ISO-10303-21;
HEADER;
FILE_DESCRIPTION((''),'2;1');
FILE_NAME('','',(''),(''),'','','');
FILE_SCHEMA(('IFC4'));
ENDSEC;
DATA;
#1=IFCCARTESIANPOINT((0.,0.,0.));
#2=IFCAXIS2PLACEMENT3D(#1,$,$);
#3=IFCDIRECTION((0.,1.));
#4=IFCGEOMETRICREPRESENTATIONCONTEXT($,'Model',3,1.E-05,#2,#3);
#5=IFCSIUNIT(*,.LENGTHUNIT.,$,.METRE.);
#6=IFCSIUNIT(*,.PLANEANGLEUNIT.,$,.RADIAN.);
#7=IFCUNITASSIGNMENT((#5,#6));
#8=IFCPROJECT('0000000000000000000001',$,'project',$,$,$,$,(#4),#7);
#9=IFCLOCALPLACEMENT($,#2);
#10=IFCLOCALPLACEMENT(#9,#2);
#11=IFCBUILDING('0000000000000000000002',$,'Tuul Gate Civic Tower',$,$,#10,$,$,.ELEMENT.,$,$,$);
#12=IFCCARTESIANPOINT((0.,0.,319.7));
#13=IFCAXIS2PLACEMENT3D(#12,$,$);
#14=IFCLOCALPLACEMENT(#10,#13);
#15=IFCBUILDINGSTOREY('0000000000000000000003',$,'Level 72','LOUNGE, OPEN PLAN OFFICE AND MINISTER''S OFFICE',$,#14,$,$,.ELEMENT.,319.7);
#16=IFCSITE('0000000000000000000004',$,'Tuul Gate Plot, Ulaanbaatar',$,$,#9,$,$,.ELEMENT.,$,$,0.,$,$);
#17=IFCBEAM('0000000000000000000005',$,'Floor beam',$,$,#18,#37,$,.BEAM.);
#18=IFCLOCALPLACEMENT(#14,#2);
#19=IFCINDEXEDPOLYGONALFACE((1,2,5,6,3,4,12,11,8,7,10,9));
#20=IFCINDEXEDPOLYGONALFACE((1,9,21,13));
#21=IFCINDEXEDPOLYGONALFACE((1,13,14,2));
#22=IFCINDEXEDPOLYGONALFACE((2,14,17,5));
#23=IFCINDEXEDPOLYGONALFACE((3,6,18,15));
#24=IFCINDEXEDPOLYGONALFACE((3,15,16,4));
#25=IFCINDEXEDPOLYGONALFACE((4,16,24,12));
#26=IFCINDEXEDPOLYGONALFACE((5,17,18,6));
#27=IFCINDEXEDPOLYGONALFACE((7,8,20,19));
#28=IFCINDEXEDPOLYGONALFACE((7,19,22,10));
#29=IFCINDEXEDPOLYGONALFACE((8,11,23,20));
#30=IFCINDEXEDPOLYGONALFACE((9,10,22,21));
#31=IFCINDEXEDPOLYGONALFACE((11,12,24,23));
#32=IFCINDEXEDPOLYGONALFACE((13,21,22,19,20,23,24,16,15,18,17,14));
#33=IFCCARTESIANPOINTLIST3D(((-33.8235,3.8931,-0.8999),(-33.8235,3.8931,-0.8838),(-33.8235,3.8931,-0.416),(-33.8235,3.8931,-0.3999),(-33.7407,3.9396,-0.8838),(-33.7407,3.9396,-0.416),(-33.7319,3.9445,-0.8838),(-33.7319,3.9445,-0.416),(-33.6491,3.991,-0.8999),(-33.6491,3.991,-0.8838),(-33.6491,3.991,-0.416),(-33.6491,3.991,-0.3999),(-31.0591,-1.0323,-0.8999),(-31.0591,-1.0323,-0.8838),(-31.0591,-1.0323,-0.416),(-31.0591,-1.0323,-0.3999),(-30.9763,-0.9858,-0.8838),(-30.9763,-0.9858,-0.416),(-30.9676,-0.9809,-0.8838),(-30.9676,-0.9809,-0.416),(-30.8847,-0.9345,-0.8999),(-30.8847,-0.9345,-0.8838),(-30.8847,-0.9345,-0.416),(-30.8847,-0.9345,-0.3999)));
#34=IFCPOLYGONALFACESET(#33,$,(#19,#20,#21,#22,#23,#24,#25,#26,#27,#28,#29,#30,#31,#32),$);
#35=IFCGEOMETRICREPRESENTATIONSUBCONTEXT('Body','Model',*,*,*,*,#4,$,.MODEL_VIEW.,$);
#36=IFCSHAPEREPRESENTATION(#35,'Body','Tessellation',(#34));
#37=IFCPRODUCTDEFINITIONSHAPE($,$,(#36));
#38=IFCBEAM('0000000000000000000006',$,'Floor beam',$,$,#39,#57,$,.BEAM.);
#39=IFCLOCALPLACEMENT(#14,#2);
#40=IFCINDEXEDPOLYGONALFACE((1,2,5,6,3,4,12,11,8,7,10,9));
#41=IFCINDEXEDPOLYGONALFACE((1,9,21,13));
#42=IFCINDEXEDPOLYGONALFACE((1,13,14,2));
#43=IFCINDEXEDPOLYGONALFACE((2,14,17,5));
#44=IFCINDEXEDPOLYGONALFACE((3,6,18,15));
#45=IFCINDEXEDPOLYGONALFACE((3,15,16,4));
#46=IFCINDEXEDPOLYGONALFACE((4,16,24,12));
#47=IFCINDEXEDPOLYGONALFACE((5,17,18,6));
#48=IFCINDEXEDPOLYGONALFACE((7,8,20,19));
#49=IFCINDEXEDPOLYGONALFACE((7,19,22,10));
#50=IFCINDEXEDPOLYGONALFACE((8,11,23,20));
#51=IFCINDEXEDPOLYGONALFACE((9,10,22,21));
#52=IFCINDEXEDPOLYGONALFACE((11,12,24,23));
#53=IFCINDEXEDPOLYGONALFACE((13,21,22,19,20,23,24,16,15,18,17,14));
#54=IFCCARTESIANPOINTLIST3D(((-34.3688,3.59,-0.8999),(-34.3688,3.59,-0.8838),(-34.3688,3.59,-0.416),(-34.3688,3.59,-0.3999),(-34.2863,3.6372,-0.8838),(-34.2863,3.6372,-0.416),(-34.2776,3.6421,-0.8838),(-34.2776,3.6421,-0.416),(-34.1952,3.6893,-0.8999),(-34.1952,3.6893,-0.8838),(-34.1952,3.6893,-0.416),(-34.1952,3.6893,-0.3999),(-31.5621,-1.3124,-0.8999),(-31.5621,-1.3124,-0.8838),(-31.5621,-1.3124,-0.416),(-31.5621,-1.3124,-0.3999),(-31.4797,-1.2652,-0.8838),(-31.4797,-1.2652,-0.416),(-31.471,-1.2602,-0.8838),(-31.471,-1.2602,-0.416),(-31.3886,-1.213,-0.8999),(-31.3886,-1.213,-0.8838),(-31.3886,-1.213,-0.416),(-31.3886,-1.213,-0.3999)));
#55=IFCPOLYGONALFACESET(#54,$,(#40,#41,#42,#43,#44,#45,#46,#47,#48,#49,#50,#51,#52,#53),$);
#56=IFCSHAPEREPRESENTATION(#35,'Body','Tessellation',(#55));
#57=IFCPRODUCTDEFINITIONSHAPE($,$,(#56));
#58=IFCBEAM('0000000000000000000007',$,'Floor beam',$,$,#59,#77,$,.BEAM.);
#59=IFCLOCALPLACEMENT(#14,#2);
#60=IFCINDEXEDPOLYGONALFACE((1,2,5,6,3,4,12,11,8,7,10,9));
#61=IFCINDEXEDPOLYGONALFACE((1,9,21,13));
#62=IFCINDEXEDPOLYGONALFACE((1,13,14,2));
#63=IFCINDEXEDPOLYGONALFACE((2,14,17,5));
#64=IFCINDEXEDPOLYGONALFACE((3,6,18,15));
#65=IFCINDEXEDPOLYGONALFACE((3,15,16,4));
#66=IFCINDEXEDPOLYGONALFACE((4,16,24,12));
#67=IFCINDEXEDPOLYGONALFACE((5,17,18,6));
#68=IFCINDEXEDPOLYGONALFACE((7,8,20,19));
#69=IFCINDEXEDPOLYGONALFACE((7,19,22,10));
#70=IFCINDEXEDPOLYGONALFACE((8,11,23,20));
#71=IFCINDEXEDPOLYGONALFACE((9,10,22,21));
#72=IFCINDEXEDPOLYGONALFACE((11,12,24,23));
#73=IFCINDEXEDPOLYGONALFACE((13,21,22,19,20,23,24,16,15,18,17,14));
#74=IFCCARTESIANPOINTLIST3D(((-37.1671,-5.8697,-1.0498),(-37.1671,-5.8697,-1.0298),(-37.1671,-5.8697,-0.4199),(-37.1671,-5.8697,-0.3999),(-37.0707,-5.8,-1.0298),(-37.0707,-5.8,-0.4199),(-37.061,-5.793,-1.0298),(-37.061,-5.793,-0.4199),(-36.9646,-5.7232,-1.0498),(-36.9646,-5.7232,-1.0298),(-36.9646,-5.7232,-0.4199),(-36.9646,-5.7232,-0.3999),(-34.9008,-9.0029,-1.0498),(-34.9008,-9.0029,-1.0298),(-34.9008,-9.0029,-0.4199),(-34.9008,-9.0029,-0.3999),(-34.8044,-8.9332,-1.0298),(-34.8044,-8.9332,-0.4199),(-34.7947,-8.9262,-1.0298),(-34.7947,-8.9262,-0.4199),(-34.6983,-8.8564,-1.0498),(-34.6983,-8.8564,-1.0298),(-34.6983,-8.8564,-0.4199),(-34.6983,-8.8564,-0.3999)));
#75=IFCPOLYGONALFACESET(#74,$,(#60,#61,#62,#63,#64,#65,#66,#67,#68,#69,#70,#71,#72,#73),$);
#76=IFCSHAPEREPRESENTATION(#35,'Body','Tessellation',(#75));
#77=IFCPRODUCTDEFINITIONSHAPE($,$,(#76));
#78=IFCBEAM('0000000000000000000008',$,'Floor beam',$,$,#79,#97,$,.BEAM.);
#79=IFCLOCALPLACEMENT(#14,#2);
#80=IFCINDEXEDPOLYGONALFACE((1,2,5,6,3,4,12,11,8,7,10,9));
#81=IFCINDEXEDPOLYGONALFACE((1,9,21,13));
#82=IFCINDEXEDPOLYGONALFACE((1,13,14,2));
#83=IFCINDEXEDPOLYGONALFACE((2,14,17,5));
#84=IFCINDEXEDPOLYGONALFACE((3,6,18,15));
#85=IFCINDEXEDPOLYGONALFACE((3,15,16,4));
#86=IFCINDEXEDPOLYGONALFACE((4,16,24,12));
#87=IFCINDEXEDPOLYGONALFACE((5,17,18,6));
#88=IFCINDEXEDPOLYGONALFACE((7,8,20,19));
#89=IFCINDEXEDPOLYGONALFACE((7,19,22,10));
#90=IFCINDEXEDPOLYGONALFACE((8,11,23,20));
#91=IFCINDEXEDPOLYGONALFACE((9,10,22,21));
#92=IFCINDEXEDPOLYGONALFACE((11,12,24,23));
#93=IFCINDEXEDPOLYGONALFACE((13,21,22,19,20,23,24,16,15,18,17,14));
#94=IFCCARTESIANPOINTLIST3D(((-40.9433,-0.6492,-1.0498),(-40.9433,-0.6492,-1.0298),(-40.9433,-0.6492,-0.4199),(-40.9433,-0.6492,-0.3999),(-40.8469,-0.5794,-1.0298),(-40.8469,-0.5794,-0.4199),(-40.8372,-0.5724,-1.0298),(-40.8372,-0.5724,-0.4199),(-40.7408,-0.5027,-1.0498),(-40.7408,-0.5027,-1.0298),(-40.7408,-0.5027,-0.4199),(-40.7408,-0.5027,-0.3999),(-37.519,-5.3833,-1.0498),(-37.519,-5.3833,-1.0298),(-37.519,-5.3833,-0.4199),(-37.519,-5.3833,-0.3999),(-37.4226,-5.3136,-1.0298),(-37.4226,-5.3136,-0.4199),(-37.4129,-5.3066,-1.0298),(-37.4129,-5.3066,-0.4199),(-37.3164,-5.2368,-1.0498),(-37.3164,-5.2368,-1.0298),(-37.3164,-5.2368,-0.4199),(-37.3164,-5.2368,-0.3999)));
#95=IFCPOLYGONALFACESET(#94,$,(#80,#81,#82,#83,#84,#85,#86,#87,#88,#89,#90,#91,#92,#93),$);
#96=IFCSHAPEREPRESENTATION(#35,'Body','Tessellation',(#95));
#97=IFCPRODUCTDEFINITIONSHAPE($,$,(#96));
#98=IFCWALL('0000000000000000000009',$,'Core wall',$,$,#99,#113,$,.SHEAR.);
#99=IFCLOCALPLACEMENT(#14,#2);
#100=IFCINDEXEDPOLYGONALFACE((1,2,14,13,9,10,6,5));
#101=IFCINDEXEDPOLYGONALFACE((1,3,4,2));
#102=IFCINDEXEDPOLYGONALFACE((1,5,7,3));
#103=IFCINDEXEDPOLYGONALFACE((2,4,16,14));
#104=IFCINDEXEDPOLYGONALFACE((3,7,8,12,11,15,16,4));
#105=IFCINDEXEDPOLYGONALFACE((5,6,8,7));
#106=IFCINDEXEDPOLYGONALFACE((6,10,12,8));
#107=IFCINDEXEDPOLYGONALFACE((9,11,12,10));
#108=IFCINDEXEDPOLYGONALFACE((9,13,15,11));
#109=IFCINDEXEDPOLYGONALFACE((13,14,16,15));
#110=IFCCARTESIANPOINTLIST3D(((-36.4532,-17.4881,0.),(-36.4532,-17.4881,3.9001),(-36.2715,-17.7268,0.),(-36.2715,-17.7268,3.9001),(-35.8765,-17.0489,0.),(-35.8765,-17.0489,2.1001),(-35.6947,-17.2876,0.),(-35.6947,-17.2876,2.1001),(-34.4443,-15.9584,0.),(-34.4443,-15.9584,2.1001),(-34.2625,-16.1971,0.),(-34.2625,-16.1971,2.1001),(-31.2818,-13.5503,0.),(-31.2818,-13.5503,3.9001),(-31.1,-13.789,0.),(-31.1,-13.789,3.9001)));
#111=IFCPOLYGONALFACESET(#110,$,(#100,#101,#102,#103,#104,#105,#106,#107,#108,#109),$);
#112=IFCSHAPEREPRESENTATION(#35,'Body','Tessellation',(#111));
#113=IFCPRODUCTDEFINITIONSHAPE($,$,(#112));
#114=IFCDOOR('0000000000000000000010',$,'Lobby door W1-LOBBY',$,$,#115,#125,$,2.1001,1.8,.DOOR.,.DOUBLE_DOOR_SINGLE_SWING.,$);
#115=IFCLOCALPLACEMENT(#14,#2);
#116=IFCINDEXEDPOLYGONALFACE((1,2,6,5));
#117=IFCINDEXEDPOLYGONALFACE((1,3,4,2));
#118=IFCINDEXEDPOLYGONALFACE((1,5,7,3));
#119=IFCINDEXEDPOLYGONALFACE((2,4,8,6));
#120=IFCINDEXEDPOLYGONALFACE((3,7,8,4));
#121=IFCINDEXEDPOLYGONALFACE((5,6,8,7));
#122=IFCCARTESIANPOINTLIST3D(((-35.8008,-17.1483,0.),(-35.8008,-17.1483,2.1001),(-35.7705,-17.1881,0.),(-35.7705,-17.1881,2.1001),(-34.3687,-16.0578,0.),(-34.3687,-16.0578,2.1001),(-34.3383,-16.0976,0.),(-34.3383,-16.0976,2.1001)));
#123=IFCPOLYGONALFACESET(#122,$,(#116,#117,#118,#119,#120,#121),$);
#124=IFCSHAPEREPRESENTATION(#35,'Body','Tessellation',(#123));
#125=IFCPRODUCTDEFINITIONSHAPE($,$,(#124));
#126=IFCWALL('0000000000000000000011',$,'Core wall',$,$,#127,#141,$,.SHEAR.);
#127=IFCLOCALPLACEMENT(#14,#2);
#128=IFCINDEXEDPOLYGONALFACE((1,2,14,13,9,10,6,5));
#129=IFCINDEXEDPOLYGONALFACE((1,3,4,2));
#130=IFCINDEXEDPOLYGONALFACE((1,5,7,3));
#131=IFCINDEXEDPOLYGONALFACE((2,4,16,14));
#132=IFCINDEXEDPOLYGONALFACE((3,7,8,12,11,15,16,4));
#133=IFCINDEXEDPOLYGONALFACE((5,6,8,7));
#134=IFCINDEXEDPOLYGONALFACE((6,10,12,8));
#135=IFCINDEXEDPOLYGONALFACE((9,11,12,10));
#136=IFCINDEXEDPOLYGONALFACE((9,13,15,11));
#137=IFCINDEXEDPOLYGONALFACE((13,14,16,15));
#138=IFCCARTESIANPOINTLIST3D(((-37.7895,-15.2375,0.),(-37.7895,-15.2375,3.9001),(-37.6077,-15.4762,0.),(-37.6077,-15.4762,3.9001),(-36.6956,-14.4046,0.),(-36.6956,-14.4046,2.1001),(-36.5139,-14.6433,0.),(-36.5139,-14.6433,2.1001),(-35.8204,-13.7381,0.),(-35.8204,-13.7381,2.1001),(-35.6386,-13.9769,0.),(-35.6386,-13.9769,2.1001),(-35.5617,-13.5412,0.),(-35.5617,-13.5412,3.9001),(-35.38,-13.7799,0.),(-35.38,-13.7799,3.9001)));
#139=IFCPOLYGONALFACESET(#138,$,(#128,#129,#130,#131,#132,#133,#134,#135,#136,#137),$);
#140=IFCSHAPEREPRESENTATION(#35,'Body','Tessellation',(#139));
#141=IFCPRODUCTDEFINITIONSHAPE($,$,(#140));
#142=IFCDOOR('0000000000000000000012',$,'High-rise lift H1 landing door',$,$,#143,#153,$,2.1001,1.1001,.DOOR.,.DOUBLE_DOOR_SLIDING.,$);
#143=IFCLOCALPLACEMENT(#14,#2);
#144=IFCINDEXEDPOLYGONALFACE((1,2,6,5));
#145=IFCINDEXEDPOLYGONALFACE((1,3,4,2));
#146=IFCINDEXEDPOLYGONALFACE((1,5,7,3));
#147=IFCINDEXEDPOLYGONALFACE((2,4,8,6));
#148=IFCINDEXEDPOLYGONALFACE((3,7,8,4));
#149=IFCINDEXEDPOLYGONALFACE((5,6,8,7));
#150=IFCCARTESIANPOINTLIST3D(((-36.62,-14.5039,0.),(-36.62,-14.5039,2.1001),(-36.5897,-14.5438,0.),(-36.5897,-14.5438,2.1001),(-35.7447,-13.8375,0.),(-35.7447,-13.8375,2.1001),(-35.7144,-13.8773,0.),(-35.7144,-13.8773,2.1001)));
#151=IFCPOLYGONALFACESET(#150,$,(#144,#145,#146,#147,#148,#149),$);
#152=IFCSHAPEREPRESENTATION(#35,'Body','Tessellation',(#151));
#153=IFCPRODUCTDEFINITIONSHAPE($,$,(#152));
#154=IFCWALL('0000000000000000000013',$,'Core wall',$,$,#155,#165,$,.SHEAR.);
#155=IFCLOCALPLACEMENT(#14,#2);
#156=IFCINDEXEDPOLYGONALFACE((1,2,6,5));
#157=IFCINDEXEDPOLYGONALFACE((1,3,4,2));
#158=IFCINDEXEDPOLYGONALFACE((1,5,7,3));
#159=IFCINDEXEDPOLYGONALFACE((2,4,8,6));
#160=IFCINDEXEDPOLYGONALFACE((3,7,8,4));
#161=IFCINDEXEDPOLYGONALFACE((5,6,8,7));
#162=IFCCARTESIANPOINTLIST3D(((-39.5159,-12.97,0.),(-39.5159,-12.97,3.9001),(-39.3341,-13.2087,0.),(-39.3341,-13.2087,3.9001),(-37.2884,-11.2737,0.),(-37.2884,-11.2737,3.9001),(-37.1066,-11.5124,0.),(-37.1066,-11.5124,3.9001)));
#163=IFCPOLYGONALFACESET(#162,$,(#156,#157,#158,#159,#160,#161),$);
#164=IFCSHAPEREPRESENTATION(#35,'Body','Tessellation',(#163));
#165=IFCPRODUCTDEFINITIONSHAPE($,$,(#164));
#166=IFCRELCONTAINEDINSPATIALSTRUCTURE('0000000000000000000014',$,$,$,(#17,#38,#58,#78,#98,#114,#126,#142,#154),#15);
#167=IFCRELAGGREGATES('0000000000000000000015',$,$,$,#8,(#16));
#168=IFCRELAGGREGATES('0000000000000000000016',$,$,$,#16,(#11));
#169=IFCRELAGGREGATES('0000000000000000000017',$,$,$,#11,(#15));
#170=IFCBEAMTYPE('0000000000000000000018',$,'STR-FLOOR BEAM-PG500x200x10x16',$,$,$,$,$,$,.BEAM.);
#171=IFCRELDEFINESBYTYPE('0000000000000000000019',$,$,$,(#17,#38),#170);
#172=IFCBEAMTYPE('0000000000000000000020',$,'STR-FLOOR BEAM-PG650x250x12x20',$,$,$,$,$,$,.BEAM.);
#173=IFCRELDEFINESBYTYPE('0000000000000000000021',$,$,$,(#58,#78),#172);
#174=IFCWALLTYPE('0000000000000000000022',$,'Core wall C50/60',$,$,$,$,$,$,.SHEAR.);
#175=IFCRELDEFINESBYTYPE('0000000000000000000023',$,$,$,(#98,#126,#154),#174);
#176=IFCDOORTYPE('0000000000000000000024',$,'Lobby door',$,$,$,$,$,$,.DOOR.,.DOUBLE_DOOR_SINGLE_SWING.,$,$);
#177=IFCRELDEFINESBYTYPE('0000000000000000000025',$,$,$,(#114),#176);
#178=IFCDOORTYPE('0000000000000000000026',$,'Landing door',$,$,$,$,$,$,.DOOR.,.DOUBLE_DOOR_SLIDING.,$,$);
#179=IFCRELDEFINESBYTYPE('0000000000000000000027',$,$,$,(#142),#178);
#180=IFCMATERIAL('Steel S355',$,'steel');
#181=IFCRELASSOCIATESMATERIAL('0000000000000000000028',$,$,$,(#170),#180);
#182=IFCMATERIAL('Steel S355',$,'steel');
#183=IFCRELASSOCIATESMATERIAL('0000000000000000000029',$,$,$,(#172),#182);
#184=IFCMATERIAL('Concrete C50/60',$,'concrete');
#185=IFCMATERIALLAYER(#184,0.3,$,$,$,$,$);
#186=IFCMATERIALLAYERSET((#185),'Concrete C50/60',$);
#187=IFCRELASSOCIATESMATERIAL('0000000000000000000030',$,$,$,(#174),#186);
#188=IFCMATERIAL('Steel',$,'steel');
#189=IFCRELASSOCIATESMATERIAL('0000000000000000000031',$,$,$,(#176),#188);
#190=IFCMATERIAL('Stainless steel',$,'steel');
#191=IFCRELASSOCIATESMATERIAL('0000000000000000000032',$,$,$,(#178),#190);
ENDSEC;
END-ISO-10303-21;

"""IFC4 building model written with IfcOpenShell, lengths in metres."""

from ifc_helpers import new_model, si_unit, direction, frame, frame_2d, origin, origin_2d, place, context, subcontext, project, spatial, rectangle, i_section, extrude, material, layer, layer_set, material_profile, profile_set, type_object, element, fill, save


model = new_model("IFC4")

# Units and contexts
model_context = context("Model", 3, precision=1e-05, world=origin(), true_north=direction((0.0, 1.0)))
body_context = subcontext(model_context, "Body", "Model", "MODEL_VIEW")
ifc_project = project(units=[si_unit("LENGTHUNIT", "METRE"), si_unit("PLANEANGLEUNIT", "RADIAN")], contexts=[model_context])

# Site, building, storey
site_placement = place(None, origin())
site = spatial("IfcSite", under=ifc_project, at=site_placement, Name="Tuul Gate Plot, Ulaanbaatar", CompositionType="ELEMENT", RefElevation=0.0)
building_placement = place(site_placement, origin())
building = spatial("IfcBuilding", under=site, at=building_placement, Name="Tuul Gate Civic Tower", CompositionType="ELEMENT")
storey_placement = place(building_placement, frame((0.0, 0.0, 319.7)))
storey = spatial("IfcBuildingStorey", under=building, at=storey_placement, Name="Level 72", Description="LOUNGE, OPEN PLAN OFFICE AND MINISTER'S OFFICE", CompositionType="ELEMENT", Elevation=319.7)

# Beams
ifc_material_1 = material(Name="Steel S355", Category="steel")
ifc_material_profile_1 = material_profile(ifc_material_1, i_section(OverallWidth=0.2, OverallDepth=0.5, WebThickness=0.01, FlangeThickness=0.0161, at=origin_2d()), Name="PG500x200x10x16")
ifc_profile_set_1 = profile_set([ifc_material_profile_1], Name="Steel S355")
beam_type_1 = type_object("IfcBeamType", Name="STR-FLOOR BEAM-PG500x200x10x16", PredefinedType="BEAM", material=ifc_profile_set_1)
beam_1_placement = place(storey_placement, frame((-30.9719, -0.9834, -0.6499), z_axis=(-0.489426, 0.872045, 0.0), x_axis=(-0.872045, -0.489426, 0.0)))
element("IfcBeam", 1, at=beam_1_placement, inside=storey, type_object=beam_type_1, Name="Floor beam", PredefinedType="BEAM", context=body_context, shape_type="SweptSolid", body=[
    extrude(i_section(OverallWidth=0.2, OverallDepth=0.5, WebThickness=0.01, FlangeThickness=0.0161, at=origin_2d()), origin(), (0.0, 0.0, 1.0), 5.6482),
])
beam_2_placement = place(storey_placement, frame((-31.4753, -1.2627, -0.6499), z_axis=(-0.496846, 0.867839, 0.0), x_axis=(-0.867839, -0.496846, 0.0)))
element("IfcBeam", 2, at=beam_2_placement, inside=storey, type_object=beam_type_1, Name="Floor beam", PredefinedType="BEAM", context=body_context, shape_type="SweptSolid", body=[
    extrude(i_section(OverallWidth=0.2, OverallDepth=0.5, WebThickness=0.01, FlangeThickness=0.0161, at=origin_2d()), origin(), (0.0, 0.0, 1.0), 5.6489),
])
ifc_material_2 = material(Name="Steel S355", Category="steel")
ifc_material_profile_2 = material_profile(ifc_material_2, i_section(OverallWidth=0.25, OverallDepth=0.6499, WebThickness=0.012, FlangeThickness=0.02, at=origin_2d()), Name="PG650x250x12x20")
ifc_profile_set_2 = profile_set([ifc_material_profile_2], Name="Steel S355")
beam_type_2 = type_object("IfcBeamType", Name="STR-FLOOR BEAM-PG650x250x12x20", PredefinedType="BEAM", material=ifc_profile_set_2)
beam_3_placement = place(storey_placement, frame((-34.7996, -8.9297, -0.7249), z_axis=(-0.586071, 0.810259, 0.0), x_axis=(-0.810259, -0.586071, 0.0)))
element("IfcBeam", 3, at=beam_3_placement, inside=storey, type_object=beam_type_2, Name="Floor beam", PredefinedType="BEAM", context=body_context, shape_type="SweptSolid", body=[
    extrude(i_section(OverallWidth=0.25, OverallDepth=0.6499, WebThickness=0.012, FlangeThickness=0.02, at=origin_2d()), origin(), (0.0, 0.0, 1.0), 3.8669),
])
beam_4_placement = place(storey_placement, frame((-37.4177, -5.3101, -0.7249), z_axis=(-0.586078, 0.810255, 0.0), x_axis=(-0.810255, -0.586078, 0.0)))
element("IfcBeam", 4, at=beam_4_placement, inside=storey, type_object=beam_type_2, Name="Floor beam", PredefinedType="BEAM", context=body_context, shape_type="SweptSolid", body=[
    extrude(i_section(OverallWidth=0.25, OverallDepth=0.6499, WebThickness=0.012, FlangeThickness=0.02, at=origin_2d()), origin(), (0.0, 0.0, 1.0), 5.8428),
])

# Walls, openings, doors
ifc_material_3 = material(Name="Concrete C50/60", Category="concrete")
ifc_layer_1 = layer(ifc_material_3, 0.3)
ifc_layer_set_1 = layer_set([ifc_layer_1], Name="Concrete C50/60")
wall_type_1 = type_object("IfcWallType", Name="Core wall C50/60", PredefinedType="SHEAR", material=ifc_layer_set_1)
wall_1_placement = place(storey_placement, frame((-31.1909, -13.6697, 0.0), z_axis=(0.0, 0.0, 1.0), x_axis=(-0.795607, -0.605813, 0.0)))
wall_1 = element("IfcWall", 5, at=wall_1_placement, inside=storey, type_object=wall_type_1, Name="Core wall", PredefinedType="SHEAR", context=body_context, shape_type="SweptSolid", body=[
    extrude(rectangle(XDim=6.5, YDim=0.3, at=frame_2d((3.25, 0.0))), origin(), (0.0, 0.0, 1.0), 3.9001),
])
opening_1_placement = place(wall_1_placement, frame((3.9751, 0.0, 0.0)))
opening_1 = element("IfcOpeningElement", 6, at=opening_1_placement, cuts=wall_1, PredefinedType="OPENING", context=body_context, shape_type="SweptSolid", body=[
    extrude(rectangle(XDim=1.8, YDim=2.1001, at=frame_2d((0.8999, 1.05))), frame((0.0, 0.1602, 0.0), z_axis=(0.0, -1.0, 0.0), x_axis=(1.0, 0.0, 0.0)), (0.0, 0.0, 1.0), 0.3201),
])
ifc_material_4 = material(Name="Steel", Category="steel")
door_type_1 = type_object("IfcDoorType", Name="Lobby door", OperationType="DOUBLE_DOOR_SINGLE_SWING", PredefinedType="DOOR", material=ifc_material_4)
door_1_placement = place(opening_1_placement, origin())
door_1 = element("IfcDoor", 7, at=door_1_placement, inside=storey, type_object=door_type_1, Name="Lobby door W1-LOBBY", OperationType="DOUBLE_DOOR_SINGLE_SWING", OverallHeight=2.1001, OverallWidth=1.8, PredefinedType="DOOR", context=body_context, shape_type="SweptSolid", body=[
    extrude(rectangle(XDim=1.8, YDim=2.1001, at=frame_2d((0.8999, 1.05))), frame((0.0, 0.0249, 0.0), z_axis=(0.0, -1.0, 0.0), x_axis=(1.0, 0.0, 0.0)), (0.0, 0.0, 1.0), 0.05),
])
fill(opening_1, door_1)
wall_2_placement = place(storey_placement, frame((-35.4709, -13.6606, 0.0), z_axis=(0.0, 0.0, 1.0), x_axis=(-0.795616, -0.605802, 0.0)))
wall_2 = element("IfcWall", 8, at=wall_2_placement, inside=storey, type_object=wall_type_1, Name="Core wall", PredefinedType="SHEAR", context=body_context, shape_type="SweptSolid", body=[
    extrude(rectangle(XDim=2.8, YDim=0.3, at=frame_2d((1.3999, 0.0))), origin(), (0.0, 0.0, 1.0), 3.9001),
])
opening_2_placement = place(wall_2_placement, frame((0.325, 0.0, 0.0)))
opening_2 = element("IfcOpeningElement", 9, at=opening_2_placement, cuts=wall_2, PredefinedType="OPENING", context=body_context, shape_type="SweptSolid", body=[
    extrude(rectangle(XDim=1.1001, YDim=2.1001, at=frame_2d((0.55, 1.05))), frame((0.0, 0.1602, 0.0), z_axis=(0.0, -1.0, 0.0), x_axis=(1.0, 0.0, 0.0)), (0.0, 0.0, 1.0), 0.3201),
])
ifc_material_5 = material(Name="Stainless steel", Category="steel")
door_type_2 = type_object("IfcDoorType", Name="Landing door", OperationType="DOUBLE_DOOR_SLIDING", PredefinedType="DOOR", material=ifc_material_5)
door_2_placement = place(opening_2_placement, origin())
door_2 = element("IfcDoor", 10, at=door_2_placement, inside=storey, type_object=door_type_2, Name="High-rise lift H1 landing door", OperationType="DOUBLE_DOOR_SLIDING", OverallHeight=2.1001, OverallWidth=1.1001, PredefinedType="DOOR", context=body_context, shape_type="SweptSolid", body=[
    extrude(rectangle(XDim=1.1001, YDim=2.1001, at=frame_2d((0.55, 1.05))), frame((0.0, 0.0249, 0.0), z_axis=(0.0, -1.0, 0.0), x_axis=(1.0, 0.0, 0.0)), (0.0, 0.0, 1.0), 0.05),
])
fill(opening_2, door_2)

# Wall
wall_3_placement = place(storey_placement, frame((-37.1975, -11.3931, 0.0), z_axis=(0.0, 0.0, 1.0), x_axis=(-0.795584, -0.605844, 0.0)))
element("IfcWall", 11, at=wall_3_placement, inside=storey, type_object=wall_type_1, Name="Core wall", PredefinedType="SHEAR", context=body_context, shape_type="SweptSolid", body=[
    extrude(rectangle(XDim=2.7998, YDim=0.3, at=frame_2d((1.3999, 0.0))), origin(), (0.0, 0.0, 1.0), 3.9001),
])

save(model, "model.ifc")
